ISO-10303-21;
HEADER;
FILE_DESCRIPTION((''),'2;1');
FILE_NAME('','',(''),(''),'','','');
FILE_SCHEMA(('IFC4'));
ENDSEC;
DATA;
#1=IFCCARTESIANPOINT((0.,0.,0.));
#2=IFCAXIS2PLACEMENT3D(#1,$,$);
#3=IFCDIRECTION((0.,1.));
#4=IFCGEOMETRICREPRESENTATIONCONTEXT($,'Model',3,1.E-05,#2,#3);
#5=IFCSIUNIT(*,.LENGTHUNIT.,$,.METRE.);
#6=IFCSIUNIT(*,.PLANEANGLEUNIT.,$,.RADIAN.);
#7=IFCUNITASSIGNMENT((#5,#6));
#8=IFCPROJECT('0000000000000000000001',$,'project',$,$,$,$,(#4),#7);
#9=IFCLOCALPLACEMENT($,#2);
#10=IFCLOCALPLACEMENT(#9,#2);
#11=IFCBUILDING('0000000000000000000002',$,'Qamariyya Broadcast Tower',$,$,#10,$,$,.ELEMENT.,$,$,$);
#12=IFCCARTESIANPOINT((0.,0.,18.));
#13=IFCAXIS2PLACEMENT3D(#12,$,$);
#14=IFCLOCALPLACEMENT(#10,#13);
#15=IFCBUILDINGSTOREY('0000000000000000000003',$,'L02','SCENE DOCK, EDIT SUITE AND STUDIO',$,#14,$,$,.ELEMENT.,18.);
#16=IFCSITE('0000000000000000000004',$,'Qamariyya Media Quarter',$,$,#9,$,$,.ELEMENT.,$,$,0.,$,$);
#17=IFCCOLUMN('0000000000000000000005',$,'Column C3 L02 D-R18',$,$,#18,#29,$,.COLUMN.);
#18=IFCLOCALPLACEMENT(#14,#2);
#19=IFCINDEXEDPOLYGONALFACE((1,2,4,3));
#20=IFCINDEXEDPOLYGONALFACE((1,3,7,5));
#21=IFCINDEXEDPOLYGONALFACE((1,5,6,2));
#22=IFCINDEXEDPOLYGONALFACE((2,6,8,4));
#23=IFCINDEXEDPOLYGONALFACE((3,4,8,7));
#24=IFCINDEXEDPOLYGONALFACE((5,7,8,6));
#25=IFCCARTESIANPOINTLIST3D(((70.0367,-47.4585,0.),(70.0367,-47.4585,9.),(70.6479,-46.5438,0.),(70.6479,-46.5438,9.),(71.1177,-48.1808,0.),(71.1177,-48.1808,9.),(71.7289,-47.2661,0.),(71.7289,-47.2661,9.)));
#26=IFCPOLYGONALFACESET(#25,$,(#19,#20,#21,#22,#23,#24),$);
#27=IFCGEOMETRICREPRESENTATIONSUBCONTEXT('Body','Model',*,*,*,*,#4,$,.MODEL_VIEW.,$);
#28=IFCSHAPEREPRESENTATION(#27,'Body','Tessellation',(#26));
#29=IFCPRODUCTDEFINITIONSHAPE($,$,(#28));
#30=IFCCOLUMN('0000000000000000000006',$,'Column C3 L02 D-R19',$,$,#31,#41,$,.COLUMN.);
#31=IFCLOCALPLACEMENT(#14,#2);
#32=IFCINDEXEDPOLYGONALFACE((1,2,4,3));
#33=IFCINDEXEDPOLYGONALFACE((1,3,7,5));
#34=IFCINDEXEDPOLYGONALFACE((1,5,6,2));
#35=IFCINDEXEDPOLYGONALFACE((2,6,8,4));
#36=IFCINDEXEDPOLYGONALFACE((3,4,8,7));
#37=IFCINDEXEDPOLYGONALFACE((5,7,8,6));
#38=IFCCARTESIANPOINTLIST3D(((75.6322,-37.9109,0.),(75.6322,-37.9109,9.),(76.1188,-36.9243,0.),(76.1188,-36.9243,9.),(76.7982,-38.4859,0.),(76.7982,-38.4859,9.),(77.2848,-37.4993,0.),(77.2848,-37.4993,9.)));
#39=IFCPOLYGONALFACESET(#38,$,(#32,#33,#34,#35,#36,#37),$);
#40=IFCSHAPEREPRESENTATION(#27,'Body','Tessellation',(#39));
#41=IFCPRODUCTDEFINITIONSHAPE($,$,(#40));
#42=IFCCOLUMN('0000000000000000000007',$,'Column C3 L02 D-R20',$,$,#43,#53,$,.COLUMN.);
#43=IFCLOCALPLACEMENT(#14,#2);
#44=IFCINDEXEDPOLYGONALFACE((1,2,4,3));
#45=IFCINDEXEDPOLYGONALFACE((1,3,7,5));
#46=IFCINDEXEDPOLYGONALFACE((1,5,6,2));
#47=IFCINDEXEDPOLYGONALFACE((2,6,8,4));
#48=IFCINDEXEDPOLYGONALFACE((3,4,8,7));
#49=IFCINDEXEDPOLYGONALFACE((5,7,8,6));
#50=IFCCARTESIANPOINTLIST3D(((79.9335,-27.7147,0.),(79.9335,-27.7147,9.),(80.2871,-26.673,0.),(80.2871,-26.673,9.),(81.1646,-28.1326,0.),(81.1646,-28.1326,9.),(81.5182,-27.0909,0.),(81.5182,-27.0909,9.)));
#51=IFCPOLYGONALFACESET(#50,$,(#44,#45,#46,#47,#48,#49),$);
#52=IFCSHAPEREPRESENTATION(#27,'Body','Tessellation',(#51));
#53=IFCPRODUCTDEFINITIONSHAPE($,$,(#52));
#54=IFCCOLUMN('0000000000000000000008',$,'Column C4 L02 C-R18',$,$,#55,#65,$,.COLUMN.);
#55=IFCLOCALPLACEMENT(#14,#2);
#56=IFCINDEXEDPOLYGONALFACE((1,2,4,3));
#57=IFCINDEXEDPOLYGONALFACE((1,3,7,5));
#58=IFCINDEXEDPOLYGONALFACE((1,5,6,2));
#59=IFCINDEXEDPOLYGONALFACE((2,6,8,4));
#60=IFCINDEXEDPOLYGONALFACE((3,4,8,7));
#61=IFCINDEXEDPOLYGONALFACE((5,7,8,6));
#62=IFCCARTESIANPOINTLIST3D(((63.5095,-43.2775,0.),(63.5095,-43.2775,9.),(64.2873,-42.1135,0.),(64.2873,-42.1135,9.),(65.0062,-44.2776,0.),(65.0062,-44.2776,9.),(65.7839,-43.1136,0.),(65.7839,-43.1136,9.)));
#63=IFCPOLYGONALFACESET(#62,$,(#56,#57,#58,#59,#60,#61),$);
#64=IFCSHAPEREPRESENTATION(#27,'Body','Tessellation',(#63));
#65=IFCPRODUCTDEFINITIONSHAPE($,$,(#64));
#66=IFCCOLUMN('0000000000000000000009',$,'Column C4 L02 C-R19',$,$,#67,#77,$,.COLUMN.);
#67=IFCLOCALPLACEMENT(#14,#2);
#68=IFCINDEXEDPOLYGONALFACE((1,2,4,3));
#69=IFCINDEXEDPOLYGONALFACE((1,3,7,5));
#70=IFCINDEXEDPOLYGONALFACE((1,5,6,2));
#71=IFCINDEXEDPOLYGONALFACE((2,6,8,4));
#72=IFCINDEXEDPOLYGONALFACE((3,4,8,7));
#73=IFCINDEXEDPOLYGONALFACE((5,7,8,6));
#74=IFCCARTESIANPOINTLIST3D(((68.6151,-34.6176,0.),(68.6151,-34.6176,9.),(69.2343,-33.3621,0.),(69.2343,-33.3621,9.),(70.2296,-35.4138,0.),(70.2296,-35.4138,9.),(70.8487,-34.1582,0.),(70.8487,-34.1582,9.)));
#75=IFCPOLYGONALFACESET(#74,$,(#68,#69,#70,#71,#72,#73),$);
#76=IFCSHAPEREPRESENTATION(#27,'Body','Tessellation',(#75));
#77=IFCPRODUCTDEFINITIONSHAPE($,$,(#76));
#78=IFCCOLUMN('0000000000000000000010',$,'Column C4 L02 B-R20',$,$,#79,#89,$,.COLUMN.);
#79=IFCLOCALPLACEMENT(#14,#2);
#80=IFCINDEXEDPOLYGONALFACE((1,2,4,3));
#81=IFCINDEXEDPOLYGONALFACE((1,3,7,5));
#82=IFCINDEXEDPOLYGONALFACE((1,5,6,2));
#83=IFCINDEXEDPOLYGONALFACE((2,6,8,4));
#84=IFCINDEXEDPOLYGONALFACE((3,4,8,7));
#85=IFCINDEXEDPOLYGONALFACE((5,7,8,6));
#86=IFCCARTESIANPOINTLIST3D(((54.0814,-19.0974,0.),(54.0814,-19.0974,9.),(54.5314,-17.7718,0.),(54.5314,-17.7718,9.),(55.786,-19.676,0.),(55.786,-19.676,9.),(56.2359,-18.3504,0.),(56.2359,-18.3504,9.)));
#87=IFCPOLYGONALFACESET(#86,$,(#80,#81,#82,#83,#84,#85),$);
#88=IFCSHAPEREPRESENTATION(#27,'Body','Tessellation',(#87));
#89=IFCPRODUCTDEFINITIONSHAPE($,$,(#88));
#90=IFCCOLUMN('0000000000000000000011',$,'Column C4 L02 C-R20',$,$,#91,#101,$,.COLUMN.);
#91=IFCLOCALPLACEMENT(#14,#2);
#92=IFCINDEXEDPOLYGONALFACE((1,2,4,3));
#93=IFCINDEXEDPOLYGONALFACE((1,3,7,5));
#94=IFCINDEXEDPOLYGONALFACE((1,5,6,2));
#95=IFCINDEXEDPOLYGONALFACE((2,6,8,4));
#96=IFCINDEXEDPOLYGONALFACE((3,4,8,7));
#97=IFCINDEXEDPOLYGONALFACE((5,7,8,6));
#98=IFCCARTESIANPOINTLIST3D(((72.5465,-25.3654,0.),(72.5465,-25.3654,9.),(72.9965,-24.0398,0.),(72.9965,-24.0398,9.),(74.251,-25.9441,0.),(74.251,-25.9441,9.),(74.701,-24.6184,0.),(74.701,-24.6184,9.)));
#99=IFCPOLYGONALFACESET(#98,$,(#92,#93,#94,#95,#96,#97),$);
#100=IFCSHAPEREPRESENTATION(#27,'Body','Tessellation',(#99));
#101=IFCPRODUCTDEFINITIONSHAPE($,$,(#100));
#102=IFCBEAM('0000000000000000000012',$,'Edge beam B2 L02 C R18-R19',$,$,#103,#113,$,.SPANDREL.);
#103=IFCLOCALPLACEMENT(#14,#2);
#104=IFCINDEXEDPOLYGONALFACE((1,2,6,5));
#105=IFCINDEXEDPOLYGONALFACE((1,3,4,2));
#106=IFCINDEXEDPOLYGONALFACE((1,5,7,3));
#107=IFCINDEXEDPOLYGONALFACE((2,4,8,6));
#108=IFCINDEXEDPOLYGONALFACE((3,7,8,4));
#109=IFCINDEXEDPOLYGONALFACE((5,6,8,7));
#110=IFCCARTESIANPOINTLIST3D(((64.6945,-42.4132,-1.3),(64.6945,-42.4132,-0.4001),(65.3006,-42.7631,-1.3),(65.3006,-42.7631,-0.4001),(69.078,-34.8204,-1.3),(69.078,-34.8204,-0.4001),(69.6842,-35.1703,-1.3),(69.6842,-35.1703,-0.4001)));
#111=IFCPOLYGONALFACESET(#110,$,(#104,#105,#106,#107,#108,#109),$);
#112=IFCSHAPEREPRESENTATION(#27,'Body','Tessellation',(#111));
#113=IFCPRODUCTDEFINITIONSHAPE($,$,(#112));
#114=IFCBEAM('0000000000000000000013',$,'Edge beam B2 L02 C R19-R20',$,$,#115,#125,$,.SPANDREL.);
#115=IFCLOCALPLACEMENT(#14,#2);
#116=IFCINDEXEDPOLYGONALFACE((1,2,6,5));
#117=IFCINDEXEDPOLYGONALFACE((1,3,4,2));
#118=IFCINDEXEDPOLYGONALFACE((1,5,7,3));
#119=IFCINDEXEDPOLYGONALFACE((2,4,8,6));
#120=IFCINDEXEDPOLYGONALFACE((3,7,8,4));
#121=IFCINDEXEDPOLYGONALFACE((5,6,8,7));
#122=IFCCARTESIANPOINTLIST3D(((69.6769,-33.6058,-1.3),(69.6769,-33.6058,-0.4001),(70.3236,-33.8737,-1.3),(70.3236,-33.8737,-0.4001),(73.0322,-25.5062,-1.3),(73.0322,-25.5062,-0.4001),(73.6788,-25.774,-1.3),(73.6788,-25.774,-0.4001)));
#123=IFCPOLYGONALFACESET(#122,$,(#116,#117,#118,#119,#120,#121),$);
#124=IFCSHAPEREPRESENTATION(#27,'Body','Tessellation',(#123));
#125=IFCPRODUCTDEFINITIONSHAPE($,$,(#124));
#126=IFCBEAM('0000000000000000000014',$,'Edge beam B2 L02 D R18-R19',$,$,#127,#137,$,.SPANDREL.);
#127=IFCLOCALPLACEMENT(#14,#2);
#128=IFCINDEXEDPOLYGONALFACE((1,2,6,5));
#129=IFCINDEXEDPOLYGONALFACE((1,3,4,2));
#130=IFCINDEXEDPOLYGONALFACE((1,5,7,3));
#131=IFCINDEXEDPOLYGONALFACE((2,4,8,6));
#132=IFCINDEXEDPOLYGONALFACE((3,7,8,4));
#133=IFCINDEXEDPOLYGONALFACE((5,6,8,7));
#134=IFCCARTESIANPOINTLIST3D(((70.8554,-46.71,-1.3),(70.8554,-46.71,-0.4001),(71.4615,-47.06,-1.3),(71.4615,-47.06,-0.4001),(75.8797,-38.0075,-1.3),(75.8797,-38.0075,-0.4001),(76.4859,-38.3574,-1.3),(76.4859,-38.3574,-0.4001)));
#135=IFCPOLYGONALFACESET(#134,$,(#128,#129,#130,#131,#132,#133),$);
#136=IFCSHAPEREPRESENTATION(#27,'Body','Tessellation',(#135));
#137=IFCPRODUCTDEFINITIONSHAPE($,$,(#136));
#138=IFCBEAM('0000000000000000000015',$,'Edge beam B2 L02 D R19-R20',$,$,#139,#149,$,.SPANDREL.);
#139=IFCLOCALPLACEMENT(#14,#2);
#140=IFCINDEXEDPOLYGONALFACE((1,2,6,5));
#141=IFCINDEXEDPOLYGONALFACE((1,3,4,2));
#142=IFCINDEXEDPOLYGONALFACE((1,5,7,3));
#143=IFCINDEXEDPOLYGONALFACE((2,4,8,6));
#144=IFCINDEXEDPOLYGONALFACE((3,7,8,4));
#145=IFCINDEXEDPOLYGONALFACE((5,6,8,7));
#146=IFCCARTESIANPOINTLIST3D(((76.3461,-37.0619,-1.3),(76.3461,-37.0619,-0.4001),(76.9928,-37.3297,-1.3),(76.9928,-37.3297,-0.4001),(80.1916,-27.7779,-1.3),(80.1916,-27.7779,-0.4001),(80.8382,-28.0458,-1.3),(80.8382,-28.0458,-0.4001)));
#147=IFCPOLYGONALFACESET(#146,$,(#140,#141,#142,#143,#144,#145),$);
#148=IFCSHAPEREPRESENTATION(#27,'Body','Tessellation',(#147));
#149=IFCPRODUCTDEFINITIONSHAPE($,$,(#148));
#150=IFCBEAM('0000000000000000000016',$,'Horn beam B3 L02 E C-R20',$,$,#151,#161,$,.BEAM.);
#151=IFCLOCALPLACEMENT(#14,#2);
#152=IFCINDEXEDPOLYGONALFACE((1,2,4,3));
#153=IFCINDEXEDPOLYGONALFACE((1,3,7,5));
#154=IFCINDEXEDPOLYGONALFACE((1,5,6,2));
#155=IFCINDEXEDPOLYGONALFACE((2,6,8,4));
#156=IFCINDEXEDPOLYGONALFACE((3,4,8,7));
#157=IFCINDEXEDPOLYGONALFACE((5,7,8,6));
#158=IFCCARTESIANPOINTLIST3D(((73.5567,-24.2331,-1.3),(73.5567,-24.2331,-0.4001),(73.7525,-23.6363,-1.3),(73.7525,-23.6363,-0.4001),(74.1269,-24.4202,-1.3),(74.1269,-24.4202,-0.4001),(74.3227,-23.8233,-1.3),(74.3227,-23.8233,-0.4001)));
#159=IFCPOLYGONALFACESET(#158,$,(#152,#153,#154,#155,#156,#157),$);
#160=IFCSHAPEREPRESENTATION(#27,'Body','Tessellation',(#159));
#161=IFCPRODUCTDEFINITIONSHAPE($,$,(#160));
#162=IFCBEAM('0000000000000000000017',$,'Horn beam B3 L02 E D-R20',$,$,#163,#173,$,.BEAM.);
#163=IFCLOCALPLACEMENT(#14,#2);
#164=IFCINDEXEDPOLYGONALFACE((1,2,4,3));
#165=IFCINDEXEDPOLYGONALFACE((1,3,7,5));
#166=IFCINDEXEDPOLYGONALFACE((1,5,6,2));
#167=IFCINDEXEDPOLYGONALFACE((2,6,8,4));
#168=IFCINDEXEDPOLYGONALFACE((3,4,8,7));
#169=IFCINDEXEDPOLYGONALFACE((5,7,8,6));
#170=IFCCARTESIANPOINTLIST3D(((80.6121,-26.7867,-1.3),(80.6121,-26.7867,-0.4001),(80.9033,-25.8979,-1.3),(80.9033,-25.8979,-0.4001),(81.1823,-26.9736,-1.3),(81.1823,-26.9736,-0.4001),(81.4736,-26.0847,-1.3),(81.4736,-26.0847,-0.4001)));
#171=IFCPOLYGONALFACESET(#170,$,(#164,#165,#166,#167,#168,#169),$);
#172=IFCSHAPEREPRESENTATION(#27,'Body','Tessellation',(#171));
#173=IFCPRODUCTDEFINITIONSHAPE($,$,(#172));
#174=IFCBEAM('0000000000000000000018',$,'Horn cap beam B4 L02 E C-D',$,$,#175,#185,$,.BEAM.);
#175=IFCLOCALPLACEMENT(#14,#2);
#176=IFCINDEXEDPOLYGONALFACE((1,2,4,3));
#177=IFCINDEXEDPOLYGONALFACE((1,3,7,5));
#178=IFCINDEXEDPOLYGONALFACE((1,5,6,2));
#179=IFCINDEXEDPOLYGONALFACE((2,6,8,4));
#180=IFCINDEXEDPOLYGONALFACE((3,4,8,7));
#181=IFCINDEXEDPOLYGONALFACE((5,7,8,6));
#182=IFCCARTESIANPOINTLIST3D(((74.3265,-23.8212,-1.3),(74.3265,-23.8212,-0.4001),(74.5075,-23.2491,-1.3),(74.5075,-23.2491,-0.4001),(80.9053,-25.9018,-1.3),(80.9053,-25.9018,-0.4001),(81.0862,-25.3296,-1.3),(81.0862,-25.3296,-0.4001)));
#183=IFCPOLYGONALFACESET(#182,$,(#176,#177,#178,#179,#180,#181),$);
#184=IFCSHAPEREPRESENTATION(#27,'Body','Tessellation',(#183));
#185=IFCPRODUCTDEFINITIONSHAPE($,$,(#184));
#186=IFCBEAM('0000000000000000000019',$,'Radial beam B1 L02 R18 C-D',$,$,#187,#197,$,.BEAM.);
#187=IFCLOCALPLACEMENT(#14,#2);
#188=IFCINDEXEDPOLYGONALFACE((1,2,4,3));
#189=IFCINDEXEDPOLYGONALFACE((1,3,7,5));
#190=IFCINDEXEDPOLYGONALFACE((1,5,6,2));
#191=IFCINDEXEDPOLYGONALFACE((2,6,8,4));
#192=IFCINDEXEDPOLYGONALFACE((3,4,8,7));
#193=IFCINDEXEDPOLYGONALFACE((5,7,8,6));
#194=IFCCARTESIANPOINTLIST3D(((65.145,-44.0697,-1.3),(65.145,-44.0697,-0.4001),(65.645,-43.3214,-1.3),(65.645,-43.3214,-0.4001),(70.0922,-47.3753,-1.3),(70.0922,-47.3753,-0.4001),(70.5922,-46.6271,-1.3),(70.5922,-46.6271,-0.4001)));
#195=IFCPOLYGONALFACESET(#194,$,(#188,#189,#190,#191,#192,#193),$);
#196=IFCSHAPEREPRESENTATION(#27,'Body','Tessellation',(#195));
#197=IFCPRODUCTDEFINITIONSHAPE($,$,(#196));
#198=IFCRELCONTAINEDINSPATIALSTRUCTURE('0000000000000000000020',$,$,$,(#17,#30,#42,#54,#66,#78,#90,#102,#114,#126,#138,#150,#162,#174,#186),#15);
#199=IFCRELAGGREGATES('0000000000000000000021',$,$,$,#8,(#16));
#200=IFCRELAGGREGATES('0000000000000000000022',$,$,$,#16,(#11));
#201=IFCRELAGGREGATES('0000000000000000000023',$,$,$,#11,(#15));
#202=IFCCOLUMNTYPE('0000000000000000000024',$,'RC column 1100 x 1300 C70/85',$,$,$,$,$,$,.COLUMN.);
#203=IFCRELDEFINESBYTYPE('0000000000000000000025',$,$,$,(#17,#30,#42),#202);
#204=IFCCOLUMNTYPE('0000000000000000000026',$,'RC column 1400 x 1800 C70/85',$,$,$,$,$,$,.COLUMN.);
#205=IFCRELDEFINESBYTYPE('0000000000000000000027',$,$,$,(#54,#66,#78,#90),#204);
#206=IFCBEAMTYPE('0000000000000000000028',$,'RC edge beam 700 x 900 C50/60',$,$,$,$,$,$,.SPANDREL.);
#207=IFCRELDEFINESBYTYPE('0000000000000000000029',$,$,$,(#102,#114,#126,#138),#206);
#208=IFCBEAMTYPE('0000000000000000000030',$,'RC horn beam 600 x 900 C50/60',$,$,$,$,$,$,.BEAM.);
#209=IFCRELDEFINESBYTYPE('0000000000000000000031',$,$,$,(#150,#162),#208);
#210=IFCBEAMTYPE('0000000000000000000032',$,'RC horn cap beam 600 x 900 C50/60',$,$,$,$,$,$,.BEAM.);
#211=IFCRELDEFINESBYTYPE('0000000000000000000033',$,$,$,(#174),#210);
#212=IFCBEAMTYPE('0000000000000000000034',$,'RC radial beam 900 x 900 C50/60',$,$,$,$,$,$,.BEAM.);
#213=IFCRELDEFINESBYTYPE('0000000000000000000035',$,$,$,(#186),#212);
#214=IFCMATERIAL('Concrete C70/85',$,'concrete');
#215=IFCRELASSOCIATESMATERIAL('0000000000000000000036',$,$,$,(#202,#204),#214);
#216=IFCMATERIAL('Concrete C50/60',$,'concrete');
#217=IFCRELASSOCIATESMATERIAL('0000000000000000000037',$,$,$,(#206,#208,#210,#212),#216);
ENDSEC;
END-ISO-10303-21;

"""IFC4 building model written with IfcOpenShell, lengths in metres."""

from ifc_helpers import new_model, si_unit, direction, frame, origin, origin_2d, place, context, subcontext, project, spatial, rectangle, extrude, material, material_profile, profile_set, type_object, element, save


model = new_model("IFC4")

# Units and contexts
model_context = context("Model", 3, precision=1e-05, world=origin(), true_north=direction((0.0, 1.0)))
body_context = subcontext(model_context, "Body", "Model", "MODEL_VIEW")
ifc_project = project(units=[si_unit("LENGTHUNIT", "METRE"), si_unit("PLANEANGLEUNIT", "RADIAN")], contexts=[model_context])

# Site, building, storey
site_placement = place(None, origin())
site = spatial("IfcSite", under=ifc_project, at=site_placement, Name="Qamariyya Media Quarter", CompositionType="ELEMENT", RefElevation=0.0)
building_placement = place(site_placement, origin())
building = spatial("IfcBuilding", under=site, at=building_placement, Name="Qamariyya Broadcast Tower", CompositionType="ELEMENT")
storey_placement = place(building_placement, frame((0.0, 0.0, 18.0)))
storey = spatial("IfcBuildingStorey", under=building, at=storey_placement, Name="L02", Description="SCENE DOCK, EDIT SUITE AND STUDIO", CompositionType="ELEMENT", Elevation=18.0)

# Columns
ifc_material_1 = material(Name="Concrete C70/85", Category="concrete")
ifc_material_profile_1 = material_profile(ifc_material_1, rectangle(XDim=1.1001, YDim=1.3, at=origin_2d()))
ifc_profile_set_1 = profile_set([ifc_material_profile_1], Name="Concrete C70/85")
column_type_1 = type_object("IfcColumnType", Name="RC column 1100 x 1300 C70/85", PredefinedType="COLUMN", material=ifc_profile_set_1)
for number, where, z_axis, x_axis, name in (
    (1, (70.8828, -47.3623, 0.0), (0.0, 0.0, 1.0), (0.55557, 0.83147, 0.0), "Column C3 L02 D-R18"),
    (2, (76.4585, -37.7051, 0.0), (0.0, 0.0, 1.0), (0.442289, 0.896873, 0.0), "Column C3 L02 D-R19"),
    (3, (80.7258, -27.4028, 0.0), (0.0, 0.0, 1.0), (0.321439, 0.94693, 0.0), "Column C3 L02 D-R20"),
):
    element("IfcColumn", number, at=place(storey_placement, frame(where, z_axis=z_axis, x_axis=x_axis)), inside=storey, type_object=column_type_1, Name=name, PredefinedType="COLUMN", context=body_context, shape_type="SweptSolid", body=[
        extrude(rectangle(XDim=1.1001, YDim=1.3, at=origin_2d()), origin(), (0.0, 0.0, 1.0), 9.0),
    ])
ifc_material_profile_2 = material_profile(ifc_material_1, rectangle(XDim=1.3999, YDim=1.8, at=origin_2d()))
ifc_profile_set_2 = profile_set([ifc_material_profile_2], Name="Concrete C70/85")
column_type_2 = type_object("IfcColumnType", Name="RC column 1400 x 1800 C70/85", PredefinedType="COLUMN", material=ifc_profile_set_2)
for number, where, z_axis, x_axis, name in (
    (4, (64.6467, -43.1956, 0.0), (0.0, 0.0, 1.0), (0.55557, 0.83147, 0.0), "Column C4 L02 C-R18"),
    (5, (69.7319, -34.3879, 0.0), (0.0, 0.0, 1.0), (0.442289, 0.896873, 0.0), "Column C4 L02 C-R19"),
    (6, (55.1587, -18.7239, 0.0), (0.0, 0.0, 1.0), (0.321439, 0.94693, 0.0), "Column C4 L02 B-R20"),
    (7, (73.6238, -24.9919, 0.0), (0.0, 0.0, 1.0), (0.321439, 0.94693, 0.0), "Column C4 L02 C-R20"),
):
    element("IfcColumn", number, at=place(storey_placement, frame(where, z_axis=z_axis, x_axis=x_axis)), inside=storey, type_object=column_type_2, Name=name, PredefinedType="COLUMN", context=body_context, shape_type="SweptSolid", body=[
        extrude(rectangle(XDim=1.3999, YDim=1.8, at=origin_2d()), origin(), (0.0, 0.0, 1.0), 9.0),
    ])

# Beams
ifc_material_2 = material(Name="Concrete C50/60", Category="concrete")
ifc_material_profile_3 = material_profile(ifc_material_2, rectangle(XDim=0.7, YDim=0.8999, at=origin_2d()))
ifc_profile_set_3 = profile_set([ifc_material_profile_3], Name="Concrete C50/60")
beam_type_1 = type_object("IfcBeamType", Name="RC edge beam 700 x 900 C50/60", PredefinedType="SPANDREL", material=ifc_profile_set_3)
beam_1_placement = place(storey_placement, frame((64.9976, -42.5881, -0.8501), z_axis=(0.499988, 0.866033, 0.0), x_axis=(-0.866033, 0.499988, 0.0)))
element("IfcBeam", 8, at=beam_1_placement, inside=storey, type_object=beam_type_1, Name="Edge beam B2 L02 C R18-R19", PredefinedType="SPANDREL", context=body_context, shape_type="SweptSolid", body=[
    extrude(rectangle(XDim=0.7, YDim=0.8999, at=origin_2d()), origin(), (0.0, 0.0, 1.0), 8.7673),
])
beam_2_placement = place(storey_placement, frame((70.0002, -33.7397, -0.8501), z_axis=(0.382708, 0.923869, 0.0), x_axis=(-0.923869, 0.382708, 0.0)))
element("IfcBeam", 9, at=beam_2_placement, inside=storey, type_object=beam_type_1, Name="Edge beam B2 L02 C R19-R20", PredefinedType="SPANDREL", context=body_context, shape_type="SweptSolid", body=[
    extrude(rectangle(XDim=0.7, YDim=0.8999, at=origin_2d()), origin(), (0.0, 0.0, 1.0), 8.7671),
])
for number, where, z_axis, x_axis, name in (
    (10, (71.1584, -46.885, -0.8501), (0.499996, 0.866028, 0.0), (-0.866028, 0.499996, 0.0), "Edge beam B2 L02 D R18-R19"),
    (11, (76.6694, -37.1958, -0.8501), (0.382677, 0.923882, 0.0), (-0.923882, 0.382677, 0.0), "Edge beam B2 L02 D R19-R20"),
):
    element("IfcBeam", number, at=place(storey_placement, frame(where, z_axis=z_axis, x_axis=x_axis)), inside=storey, type_object=beam_type_1, Name=name, PredefinedType="SPANDREL", context=body_context, shape_type="SweptSolid", body=[
        extrude(rectangle(XDim=0.7, YDim=0.8999, at=origin_2d()), origin(), (0.0, 0.0, 1.0), 10.0488),
    ])
ifc_material_profile_4 = material_profile(ifc_material_2, rectangle(XDim=0.6001, YDim=0.8999, at=origin_2d()))
ifc_profile_set_4 = profile_set([ifc_material_profile_4], Name="Concrete C50/60")
beam_type_2 = type_object("IfcBeamType", Name="RC horn beam 600 x 900 C50/60", PredefinedType="BEAM", material=ifc_profile_set_4)
beam_3_placement = place(storey_placement, frame((73.8418, -24.3267, -0.8501), z_axis=(0.311677, 0.950188, 0.0), x_axis=(-0.950188, 0.311677, 0.0)))
element("IfcBeam", 12, at=beam_3_placement, inside=storey, type_object=beam_type_2, Name="Horn beam B3 L02 E C-R20", PredefinedType="BEAM", context=body_context, shape_type="SweptSolid", body=[
    extrude(rectangle(XDim=0.6001, YDim=0.8999, at=origin_2d()), origin(), (0.0, 0.0, 1.0), 0.6282),
])
beam_4_placement = place(storey_placement, frame((80.8972, -26.8801, -0.8501), z_axis=(0.311369, 0.950289, 0.0), x_axis=(-0.950289, 0.311369, 0.0)))
element("IfcBeam", 13, at=beam_4_placement, inside=storey, type_object=beam_type_2, Name="Horn beam B3 L02 E D-R20", PredefinedType="BEAM", context=body_context, shape_type="SweptSolid", body=[
    extrude(rectangle(XDim=0.6001, YDim=0.8999, at=origin_2d()), origin(), (0.0, 0.0, 1.0), 0.9353),
])
ifc_material_profile_5 = material_profile(ifc_material_2, rectangle(XDim=0.6001, YDim=0.8999, at=origin_2d()))
ifc_profile_set_5 = profile_set([ifc_material_profile_5], Name="Concrete C50/60")
beam_type_3 = type_object("IfcBeamType", Name="RC horn cap beam 600 x 900 C50/60", PredefinedType="BEAM", material=ifc_profile_set_5)
beam_5_placement = place(storey_placement, frame((74.417, -23.5352, -0.8501), z_axis=(0.953456, -0.301531, 0.0), x_axis=(0.301531, 0.953456, 0.0)))
element("IfcBeam", 14, at=beam_5_placement, inside=storey, type_object=beam_type_3, Name="Horn cap beam B4 L02 E C-D", PredefinedType="BEAM", context=body_context, shape_type="SweptSolid", body=[
    extrude(rectangle(XDim=0.6001, YDim=0.8999, at=origin_2d()), origin(), (0.0, 0.0, 1.0), 6.8999),
])
ifc_material_profile_6 = material_profile(ifc_material_2, rectangle(XDim=0.8999, YDim=0.8999, at=origin_2d()))
ifc_profile_set_6 = profile_set([ifc_material_profile_6], Name="Concrete C50/60")
beam_type_4 = type_object("IfcBeamType", Name="RC radial beam 900 x 900 C50/60", PredefinedType="BEAM", material=ifc_profile_set_6)
beam_6_placement = place(storey_placement, frame((65.395, -43.6956, -0.8501), z_axis=(0.831469, -0.555571, 0.0), x_axis=(0.555571, 0.831469, 0.0)))
element("IfcBeam", 15, at=beam_6_placement, inside=storey, type_object=beam_type_4, Name="Radial beam B1 L02 R18 C-D", PredefinedType="BEAM", context=body_context, shape_type="SweptSolid", body=[
    extrude(rectangle(XDim=0.8999, YDim=0.8999, at=origin_2d()), origin(), (0.0, 0.0, 1.0), 5.95),
])

save(model, "model.ifc")
